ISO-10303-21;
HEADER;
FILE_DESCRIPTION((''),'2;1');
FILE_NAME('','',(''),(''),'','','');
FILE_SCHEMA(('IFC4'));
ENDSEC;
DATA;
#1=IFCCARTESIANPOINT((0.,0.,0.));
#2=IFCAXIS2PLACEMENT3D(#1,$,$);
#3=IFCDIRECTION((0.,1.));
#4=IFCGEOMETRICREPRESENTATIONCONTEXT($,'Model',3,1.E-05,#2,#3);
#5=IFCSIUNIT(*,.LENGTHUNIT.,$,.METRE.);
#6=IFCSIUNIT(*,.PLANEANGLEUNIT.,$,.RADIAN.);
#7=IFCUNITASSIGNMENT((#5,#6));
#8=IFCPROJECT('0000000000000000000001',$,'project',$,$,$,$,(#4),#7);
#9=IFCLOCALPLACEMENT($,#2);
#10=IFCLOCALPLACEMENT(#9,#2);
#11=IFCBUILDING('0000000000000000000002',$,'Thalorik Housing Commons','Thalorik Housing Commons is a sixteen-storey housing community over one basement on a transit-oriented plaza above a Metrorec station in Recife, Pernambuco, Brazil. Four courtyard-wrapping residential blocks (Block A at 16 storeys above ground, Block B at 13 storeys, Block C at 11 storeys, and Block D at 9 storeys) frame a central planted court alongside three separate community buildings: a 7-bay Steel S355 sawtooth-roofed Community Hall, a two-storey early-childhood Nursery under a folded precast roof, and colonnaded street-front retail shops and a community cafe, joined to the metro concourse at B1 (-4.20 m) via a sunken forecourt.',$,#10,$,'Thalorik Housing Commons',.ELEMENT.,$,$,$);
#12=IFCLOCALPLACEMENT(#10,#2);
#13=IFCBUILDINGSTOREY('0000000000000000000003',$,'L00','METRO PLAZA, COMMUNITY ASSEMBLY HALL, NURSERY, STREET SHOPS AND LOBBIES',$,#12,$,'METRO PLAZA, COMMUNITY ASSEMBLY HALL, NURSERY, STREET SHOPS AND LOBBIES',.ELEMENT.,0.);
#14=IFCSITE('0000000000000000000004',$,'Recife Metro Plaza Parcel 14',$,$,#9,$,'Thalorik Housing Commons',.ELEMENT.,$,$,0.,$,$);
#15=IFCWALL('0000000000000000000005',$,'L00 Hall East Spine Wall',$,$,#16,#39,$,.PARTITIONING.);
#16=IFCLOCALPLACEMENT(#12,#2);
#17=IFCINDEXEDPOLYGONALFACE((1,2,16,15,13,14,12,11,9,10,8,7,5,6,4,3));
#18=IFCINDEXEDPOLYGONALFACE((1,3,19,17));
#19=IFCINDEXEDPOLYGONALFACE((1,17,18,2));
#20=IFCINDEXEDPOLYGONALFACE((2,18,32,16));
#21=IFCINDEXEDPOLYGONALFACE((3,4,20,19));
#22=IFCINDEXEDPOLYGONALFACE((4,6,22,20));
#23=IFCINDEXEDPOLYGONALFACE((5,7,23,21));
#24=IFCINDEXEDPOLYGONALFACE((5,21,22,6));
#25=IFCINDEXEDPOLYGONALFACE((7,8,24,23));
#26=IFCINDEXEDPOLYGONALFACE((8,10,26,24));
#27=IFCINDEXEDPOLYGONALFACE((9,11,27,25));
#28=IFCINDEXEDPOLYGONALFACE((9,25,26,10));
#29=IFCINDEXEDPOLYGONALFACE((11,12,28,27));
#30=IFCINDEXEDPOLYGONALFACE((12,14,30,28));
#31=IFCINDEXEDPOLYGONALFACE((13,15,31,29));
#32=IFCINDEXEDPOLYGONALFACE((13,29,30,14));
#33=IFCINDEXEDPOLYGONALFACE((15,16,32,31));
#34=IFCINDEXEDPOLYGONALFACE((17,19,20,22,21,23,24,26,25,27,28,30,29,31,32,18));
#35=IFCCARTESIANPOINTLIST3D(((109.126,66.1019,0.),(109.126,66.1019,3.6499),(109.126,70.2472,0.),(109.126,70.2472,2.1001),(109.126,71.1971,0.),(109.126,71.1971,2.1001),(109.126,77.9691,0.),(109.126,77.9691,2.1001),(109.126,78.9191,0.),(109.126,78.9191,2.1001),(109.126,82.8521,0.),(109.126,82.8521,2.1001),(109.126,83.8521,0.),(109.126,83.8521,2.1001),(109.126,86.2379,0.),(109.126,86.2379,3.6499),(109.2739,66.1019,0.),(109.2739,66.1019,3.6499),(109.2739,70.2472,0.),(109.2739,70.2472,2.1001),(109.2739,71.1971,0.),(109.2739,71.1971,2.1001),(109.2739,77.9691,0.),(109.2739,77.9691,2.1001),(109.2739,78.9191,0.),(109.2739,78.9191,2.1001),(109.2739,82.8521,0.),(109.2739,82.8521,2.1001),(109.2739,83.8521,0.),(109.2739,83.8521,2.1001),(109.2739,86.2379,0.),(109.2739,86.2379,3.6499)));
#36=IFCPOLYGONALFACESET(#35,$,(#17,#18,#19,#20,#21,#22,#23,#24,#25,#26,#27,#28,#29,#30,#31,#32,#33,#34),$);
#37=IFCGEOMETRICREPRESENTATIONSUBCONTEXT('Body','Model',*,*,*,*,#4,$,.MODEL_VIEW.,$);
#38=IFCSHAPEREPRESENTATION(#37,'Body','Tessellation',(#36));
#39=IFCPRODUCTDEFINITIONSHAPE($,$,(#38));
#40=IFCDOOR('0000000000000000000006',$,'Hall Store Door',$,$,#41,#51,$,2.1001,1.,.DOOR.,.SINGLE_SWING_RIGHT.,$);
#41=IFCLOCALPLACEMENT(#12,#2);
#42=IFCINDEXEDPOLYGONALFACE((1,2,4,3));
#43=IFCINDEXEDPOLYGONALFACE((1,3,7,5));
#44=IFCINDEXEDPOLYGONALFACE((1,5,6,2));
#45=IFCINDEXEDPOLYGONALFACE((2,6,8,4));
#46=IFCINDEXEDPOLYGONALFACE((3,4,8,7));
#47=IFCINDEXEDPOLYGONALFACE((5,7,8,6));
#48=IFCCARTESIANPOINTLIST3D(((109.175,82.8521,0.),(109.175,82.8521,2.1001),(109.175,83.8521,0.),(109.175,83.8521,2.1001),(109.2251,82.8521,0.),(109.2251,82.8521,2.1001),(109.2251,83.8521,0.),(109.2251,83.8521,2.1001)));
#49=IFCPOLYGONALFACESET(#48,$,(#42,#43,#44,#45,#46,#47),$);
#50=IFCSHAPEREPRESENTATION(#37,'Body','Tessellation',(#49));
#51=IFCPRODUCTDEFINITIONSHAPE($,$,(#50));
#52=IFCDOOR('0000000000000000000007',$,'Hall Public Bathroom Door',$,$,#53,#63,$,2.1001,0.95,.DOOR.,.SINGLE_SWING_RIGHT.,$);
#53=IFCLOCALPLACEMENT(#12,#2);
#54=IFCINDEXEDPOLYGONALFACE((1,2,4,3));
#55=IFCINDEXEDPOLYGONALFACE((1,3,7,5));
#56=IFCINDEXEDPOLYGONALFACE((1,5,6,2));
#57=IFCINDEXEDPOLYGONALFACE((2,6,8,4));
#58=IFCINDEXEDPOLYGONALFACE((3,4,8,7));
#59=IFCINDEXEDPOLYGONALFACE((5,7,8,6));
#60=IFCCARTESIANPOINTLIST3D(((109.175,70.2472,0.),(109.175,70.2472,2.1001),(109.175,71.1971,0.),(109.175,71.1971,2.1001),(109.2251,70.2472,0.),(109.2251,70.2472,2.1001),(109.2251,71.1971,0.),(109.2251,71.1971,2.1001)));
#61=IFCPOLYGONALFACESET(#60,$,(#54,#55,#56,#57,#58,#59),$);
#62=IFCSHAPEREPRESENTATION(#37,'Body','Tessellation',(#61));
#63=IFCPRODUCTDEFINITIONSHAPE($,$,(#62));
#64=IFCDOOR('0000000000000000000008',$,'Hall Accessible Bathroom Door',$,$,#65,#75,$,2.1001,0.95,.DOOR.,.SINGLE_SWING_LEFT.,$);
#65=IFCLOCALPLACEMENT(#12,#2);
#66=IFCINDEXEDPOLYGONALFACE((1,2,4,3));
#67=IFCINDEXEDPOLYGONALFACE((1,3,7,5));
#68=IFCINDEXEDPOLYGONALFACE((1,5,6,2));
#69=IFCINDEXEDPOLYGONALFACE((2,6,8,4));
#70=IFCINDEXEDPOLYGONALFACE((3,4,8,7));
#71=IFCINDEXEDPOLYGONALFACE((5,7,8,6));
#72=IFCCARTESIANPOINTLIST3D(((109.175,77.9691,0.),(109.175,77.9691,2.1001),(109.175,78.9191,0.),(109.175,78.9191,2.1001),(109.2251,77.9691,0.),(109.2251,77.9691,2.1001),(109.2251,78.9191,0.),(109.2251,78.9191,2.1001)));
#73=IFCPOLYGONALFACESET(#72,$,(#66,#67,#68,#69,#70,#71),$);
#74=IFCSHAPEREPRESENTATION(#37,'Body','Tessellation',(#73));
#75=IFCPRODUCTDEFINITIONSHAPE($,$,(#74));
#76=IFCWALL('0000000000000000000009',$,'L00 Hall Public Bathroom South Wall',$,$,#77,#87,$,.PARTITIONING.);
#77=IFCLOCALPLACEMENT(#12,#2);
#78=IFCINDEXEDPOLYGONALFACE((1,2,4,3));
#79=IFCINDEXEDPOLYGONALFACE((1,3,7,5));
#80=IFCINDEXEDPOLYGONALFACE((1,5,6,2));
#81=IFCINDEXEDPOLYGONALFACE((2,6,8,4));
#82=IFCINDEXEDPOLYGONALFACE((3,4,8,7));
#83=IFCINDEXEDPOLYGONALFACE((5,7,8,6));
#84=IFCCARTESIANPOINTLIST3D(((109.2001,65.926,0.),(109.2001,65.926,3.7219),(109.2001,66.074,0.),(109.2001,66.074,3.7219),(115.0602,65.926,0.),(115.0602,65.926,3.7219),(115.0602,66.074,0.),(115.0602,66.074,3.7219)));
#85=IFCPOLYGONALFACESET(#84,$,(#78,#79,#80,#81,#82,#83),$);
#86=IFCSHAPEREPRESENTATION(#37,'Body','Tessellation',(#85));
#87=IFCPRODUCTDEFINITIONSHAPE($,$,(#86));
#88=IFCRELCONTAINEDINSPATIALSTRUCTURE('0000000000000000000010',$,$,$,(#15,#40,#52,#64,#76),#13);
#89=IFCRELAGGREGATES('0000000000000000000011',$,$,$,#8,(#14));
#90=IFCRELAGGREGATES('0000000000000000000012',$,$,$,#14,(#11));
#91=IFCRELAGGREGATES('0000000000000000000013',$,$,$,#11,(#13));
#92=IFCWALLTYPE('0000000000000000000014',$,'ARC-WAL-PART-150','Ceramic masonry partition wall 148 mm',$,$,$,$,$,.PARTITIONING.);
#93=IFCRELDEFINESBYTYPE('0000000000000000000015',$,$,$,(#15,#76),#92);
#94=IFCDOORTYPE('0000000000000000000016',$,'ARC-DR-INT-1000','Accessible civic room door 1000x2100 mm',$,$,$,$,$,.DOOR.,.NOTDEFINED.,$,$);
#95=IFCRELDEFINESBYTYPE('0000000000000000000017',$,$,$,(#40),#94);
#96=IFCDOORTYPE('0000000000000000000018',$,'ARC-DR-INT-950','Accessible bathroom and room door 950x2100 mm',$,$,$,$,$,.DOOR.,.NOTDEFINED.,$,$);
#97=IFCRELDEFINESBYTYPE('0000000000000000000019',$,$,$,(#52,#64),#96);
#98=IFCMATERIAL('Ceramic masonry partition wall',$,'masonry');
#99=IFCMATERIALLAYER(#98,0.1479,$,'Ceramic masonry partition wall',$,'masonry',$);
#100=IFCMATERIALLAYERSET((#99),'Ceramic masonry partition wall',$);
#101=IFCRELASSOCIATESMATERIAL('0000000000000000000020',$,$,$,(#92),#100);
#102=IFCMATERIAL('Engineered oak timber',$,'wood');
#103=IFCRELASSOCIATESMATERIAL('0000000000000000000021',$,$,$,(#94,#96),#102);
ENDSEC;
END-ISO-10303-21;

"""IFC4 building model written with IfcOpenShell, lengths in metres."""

from ifc_helpers import new_model, si_unit, direction, frame, frame_2d, origin, place, context, subcontext, project, spatial, rectangle, extrude, material, layer, layer_set, type_object, element, fill, save


model = new_model("IFC4")

# Units and contexts
model_context = context("Model", 3, precision=1e-05, world=origin(), true_north=direction((0.0, 1.0)))
body_context = subcontext(model_context, "Body", "Model", "MODEL_VIEW")
ifc_project = project(units=[si_unit("LENGTHUNIT", "METRE"), si_unit("PLANEANGLEUNIT", "RADIAN")], contexts=[model_context])

# Site, building, storey
site_placement = place(None, origin())
site = spatial("IfcSite", under=ifc_project, at=site_placement, Name="Recife Metro Plaza Parcel 14", LongName="Thalorik Housing Commons", CompositionType="ELEMENT", RefElevation=0.0)
building_placement = place(site_placement, origin())
building = spatial("IfcBuilding", under=site, at=building_placement, Name="Thalorik Housing Commons", Description="Thalorik Housing Commons is a sixteen-storey housing community over one basement on a transit-oriented plaza above a Metrorec station in Recife, Pernambuco, Brazil. Four courtyard-wrapping residential blocks (Block A at 16 storeys above ground, Block B at 13 storeys, Block C at 11 storeys, and Block D at 9 storeys) frame a central planted court alongside three separate community buildings: a 7-bay Steel S355 sawtooth-roofed Community Hall, a two-storey early-childhood Nursery under a folded precast roof, and colonnaded street-front retail shops and a community cafe, joined to the metro concourse at B1 (-4.20 m) via a sunken forecourt.", LongName="Thalorik Housing Commons", CompositionType="ELEMENT")
storey_placement = place(building_placement, origin())
storey = spatial("IfcBuildingStorey", under=building, at=storey_placement, Name="L00", Description="METRO PLAZA, COMMUNITY ASSEMBLY HALL, NURSERY, STREET SHOPS AND LOBBIES", LongName="METRO PLAZA, COMMUNITY ASSEMBLY HALL, NURSERY, STREET SHOPS AND LOBBIES", CompositionType="ELEMENT", Elevation=0.0)

# Shared definitions
ifc_material_1 = material(Name="Ceramic masonry partition wall", Category="masonry")

# Wall, openings, doors
ifc_layer_1 = layer(ifc_material_1, 0.1479, Name="Ceramic masonry partition wall", Category="masonry")
ifc_layer_set_1 = layer_set([ifc_layer_1], Name="Ceramic masonry partition wall")
wall_type_1 = type_object("IfcWallType", Name="ARC-WAL-PART-150", Description="Ceramic masonry partition wall 148 mm", PredefinedType="PARTITIONING", material=ifc_layer_set_1)
wall_1_placement = place(storey_placement, frame((109.2, 66.1021, 0.0), z_axis=(0.0, 0.0, 1.0), x_axis=(0.0, 1.0, 0.0)))
wall_1 = element("IfcWall", 1, at=wall_1_placement, inside=storey, type_object=wall_type_1, Name="L00 Hall East Spine Wall", PredefinedType="PARTITIONING", context=body_context, shape_type="SweptSolid", body=[
    extrude(rectangle(XDim=20.136, YDim=0.1479, at=frame_2d((10.0679, 0.0))), origin(), (0.0, 0.0, 1.0), 3.6499),
])
opening_1_placement = place(wall_1_placement, frame((4.145, 0.0, 0.0)))
opening_1 = element("IfcOpeningElement", 2, at=opening_1_placement, cuts=wall_1, PredefinedType="OPENING", context=body_context, shape_type="SweptSolid", body=[
    extrude(rectangle(XDim=0.95, YDim=2.1001, at=frame_2d((0.4751, 1.05))), frame((0.0, 0.084, 0.0), z_axis=(0.0, -1.0, 0.0), x_axis=(1.0, 0.0, 0.0)), (0.0, 0.0, 1.0), 0.168),
])
opening_2_placement = place(wall_1_placement, frame((11.8669, 0.0, 0.0)))
opening_2 = element("IfcOpeningElement", 3, at=opening_2_placement, cuts=wall_1, PredefinedType="OPENING", context=body_context, shape_type="SweptSolid", body=[
    extrude(rectangle(XDim=0.95, YDim=2.1001, at=frame_2d((0.4751, 1.05))), frame((0.0, 0.084, 0.0), z_axis=(0.0, -1.0, 0.0), x_axis=(1.0, 0.0, 0.0)), (0.0, 0.0, 1.0), 0.168),
])
opening_3_placement = place(wall_1_placement, frame((16.75, 0.0, 0.0)))
opening_3 = element("IfcOpeningElement", 4, at=opening_3_placement, cuts=wall_1, PredefinedType="OPENING", context=body_context, shape_type="SweptSolid", body=[
    extrude(rectangle(XDim=1.0, YDim=2.1001, at=frame_2d((0.5, 1.05))), frame((0.0, 0.084, 0.0), z_axis=(0.0, -1.0, 0.0), x_axis=(1.0, 0.0, 0.0)), (0.0, 0.0, 1.0), 0.168),
])
ifc_material_2 = material(Name="Engineered oak timber", Category="wood")
door_type_1 = type_object("IfcDoorType", Name="ARC-DR-INT-1000", Description="Accessible civic room door 1000x2100 mm", OperationType="NOTDEFINED", PredefinedType="DOOR", material=ifc_material_2)
door_1_placement = place(opening_3_placement, origin())
door_1 = element("IfcDoor", 5, at=door_1_placement, inside=storey, type_object=door_type_1, Name="Hall Store Door", OperationType="SINGLE_SWING_RIGHT", OverallHeight=2.1001, OverallWidth=1.0, PredefinedType="DOOR", context=body_context, shape_type="SweptSolid", body=[
    extrude(rectangle(XDim=1.0, YDim=2.1001, at=frame_2d((0.5, 1.05))), frame((0.0, 0.0249, 0.0), z_axis=(0.0, -1.0, 0.0), x_axis=(1.0, 0.0, 0.0)), (0.0, 0.0, 1.0), 0.05),
])
fill(opening_3, door_1)
door_type_2 = type_object("IfcDoorType", Name="ARC-DR-INT-950", Description="Accessible bathroom and room door 950x2100 mm", OperationType="NOTDEFINED", PredefinedType="DOOR", material=ifc_material_2)
door_2_placement = place(opening_1_placement, origin())
door_2 = element("IfcDoor", 6, at=door_2_placement, inside=storey, type_object=door_type_2, Name="Hall Public Bathroom Door", OperationType="SINGLE_SWING_RIGHT", OverallHeight=2.1001, OverallWidth=0.95, PredefinedType="DOOR", context=body_context, shape_type="SweptSolid", body=[
    extrude(rectangle(XDim=0.95, YDim=2.1001, at=frame_2d((0.4751, 1.05))), frame((0.0, 0.0249, 0.0), z_axis=(0.0, -1.0, 0.0), x_axis=(1.0, 0.0, 0.0)), (0.0, 0.0, 1.0), 0.05),
])
fill(opening_1, door_2)
door_3_placement = place(opening_2_placement, origin())
door_3 = element("IfcDoor", 7, at=door_3_placement, inside=storey, type_object=door_type_2, Name="Hall Accessible Bathroom Door", OperationType="SINGLE_SWING_LEFT", OverallHeight=2.1001, OverallWidth=0.95, PredefinedType="DOOR", context=body_context, shape_type="SweptSolid", body=[
    extrude(rectangle(XDim=0.95, YDim=2.1001, at=frame_2d((0.4751, 1.05))), frame((0.0, 0.0249, 0.0), z_axis=(0.0, -1.0, 0.0), x_axis=(1.0, 0.0, 0.0)), (0.0, 0.0, 1.0), 0.05),
])
fill(opening_2, door_3)

# Wall
wall_2_placement = place(storey_placement, frame((109.2, 66.0, 0.0), z_axis=(0.0, 0.0, 1.0), x_axis=(1.0, 0.0, 0.0)))
element("IfcWall", 8, at=wall_2_placement, inside=storey, type_object=wall_type_1, Name="L00 Hall Public Bathroom South Wall", PredefinedType="PARTITIONING", context=body_context, shape_type="SweptSolid", body=[
    extrude(rectangle(XDim=5.8601, YDim=0.1479, at=frame_2d((2.9302, 0.0))), origin(), (0.0, 0.0, 1.0), 3.7219),
])

save(model, "model.ifc")
